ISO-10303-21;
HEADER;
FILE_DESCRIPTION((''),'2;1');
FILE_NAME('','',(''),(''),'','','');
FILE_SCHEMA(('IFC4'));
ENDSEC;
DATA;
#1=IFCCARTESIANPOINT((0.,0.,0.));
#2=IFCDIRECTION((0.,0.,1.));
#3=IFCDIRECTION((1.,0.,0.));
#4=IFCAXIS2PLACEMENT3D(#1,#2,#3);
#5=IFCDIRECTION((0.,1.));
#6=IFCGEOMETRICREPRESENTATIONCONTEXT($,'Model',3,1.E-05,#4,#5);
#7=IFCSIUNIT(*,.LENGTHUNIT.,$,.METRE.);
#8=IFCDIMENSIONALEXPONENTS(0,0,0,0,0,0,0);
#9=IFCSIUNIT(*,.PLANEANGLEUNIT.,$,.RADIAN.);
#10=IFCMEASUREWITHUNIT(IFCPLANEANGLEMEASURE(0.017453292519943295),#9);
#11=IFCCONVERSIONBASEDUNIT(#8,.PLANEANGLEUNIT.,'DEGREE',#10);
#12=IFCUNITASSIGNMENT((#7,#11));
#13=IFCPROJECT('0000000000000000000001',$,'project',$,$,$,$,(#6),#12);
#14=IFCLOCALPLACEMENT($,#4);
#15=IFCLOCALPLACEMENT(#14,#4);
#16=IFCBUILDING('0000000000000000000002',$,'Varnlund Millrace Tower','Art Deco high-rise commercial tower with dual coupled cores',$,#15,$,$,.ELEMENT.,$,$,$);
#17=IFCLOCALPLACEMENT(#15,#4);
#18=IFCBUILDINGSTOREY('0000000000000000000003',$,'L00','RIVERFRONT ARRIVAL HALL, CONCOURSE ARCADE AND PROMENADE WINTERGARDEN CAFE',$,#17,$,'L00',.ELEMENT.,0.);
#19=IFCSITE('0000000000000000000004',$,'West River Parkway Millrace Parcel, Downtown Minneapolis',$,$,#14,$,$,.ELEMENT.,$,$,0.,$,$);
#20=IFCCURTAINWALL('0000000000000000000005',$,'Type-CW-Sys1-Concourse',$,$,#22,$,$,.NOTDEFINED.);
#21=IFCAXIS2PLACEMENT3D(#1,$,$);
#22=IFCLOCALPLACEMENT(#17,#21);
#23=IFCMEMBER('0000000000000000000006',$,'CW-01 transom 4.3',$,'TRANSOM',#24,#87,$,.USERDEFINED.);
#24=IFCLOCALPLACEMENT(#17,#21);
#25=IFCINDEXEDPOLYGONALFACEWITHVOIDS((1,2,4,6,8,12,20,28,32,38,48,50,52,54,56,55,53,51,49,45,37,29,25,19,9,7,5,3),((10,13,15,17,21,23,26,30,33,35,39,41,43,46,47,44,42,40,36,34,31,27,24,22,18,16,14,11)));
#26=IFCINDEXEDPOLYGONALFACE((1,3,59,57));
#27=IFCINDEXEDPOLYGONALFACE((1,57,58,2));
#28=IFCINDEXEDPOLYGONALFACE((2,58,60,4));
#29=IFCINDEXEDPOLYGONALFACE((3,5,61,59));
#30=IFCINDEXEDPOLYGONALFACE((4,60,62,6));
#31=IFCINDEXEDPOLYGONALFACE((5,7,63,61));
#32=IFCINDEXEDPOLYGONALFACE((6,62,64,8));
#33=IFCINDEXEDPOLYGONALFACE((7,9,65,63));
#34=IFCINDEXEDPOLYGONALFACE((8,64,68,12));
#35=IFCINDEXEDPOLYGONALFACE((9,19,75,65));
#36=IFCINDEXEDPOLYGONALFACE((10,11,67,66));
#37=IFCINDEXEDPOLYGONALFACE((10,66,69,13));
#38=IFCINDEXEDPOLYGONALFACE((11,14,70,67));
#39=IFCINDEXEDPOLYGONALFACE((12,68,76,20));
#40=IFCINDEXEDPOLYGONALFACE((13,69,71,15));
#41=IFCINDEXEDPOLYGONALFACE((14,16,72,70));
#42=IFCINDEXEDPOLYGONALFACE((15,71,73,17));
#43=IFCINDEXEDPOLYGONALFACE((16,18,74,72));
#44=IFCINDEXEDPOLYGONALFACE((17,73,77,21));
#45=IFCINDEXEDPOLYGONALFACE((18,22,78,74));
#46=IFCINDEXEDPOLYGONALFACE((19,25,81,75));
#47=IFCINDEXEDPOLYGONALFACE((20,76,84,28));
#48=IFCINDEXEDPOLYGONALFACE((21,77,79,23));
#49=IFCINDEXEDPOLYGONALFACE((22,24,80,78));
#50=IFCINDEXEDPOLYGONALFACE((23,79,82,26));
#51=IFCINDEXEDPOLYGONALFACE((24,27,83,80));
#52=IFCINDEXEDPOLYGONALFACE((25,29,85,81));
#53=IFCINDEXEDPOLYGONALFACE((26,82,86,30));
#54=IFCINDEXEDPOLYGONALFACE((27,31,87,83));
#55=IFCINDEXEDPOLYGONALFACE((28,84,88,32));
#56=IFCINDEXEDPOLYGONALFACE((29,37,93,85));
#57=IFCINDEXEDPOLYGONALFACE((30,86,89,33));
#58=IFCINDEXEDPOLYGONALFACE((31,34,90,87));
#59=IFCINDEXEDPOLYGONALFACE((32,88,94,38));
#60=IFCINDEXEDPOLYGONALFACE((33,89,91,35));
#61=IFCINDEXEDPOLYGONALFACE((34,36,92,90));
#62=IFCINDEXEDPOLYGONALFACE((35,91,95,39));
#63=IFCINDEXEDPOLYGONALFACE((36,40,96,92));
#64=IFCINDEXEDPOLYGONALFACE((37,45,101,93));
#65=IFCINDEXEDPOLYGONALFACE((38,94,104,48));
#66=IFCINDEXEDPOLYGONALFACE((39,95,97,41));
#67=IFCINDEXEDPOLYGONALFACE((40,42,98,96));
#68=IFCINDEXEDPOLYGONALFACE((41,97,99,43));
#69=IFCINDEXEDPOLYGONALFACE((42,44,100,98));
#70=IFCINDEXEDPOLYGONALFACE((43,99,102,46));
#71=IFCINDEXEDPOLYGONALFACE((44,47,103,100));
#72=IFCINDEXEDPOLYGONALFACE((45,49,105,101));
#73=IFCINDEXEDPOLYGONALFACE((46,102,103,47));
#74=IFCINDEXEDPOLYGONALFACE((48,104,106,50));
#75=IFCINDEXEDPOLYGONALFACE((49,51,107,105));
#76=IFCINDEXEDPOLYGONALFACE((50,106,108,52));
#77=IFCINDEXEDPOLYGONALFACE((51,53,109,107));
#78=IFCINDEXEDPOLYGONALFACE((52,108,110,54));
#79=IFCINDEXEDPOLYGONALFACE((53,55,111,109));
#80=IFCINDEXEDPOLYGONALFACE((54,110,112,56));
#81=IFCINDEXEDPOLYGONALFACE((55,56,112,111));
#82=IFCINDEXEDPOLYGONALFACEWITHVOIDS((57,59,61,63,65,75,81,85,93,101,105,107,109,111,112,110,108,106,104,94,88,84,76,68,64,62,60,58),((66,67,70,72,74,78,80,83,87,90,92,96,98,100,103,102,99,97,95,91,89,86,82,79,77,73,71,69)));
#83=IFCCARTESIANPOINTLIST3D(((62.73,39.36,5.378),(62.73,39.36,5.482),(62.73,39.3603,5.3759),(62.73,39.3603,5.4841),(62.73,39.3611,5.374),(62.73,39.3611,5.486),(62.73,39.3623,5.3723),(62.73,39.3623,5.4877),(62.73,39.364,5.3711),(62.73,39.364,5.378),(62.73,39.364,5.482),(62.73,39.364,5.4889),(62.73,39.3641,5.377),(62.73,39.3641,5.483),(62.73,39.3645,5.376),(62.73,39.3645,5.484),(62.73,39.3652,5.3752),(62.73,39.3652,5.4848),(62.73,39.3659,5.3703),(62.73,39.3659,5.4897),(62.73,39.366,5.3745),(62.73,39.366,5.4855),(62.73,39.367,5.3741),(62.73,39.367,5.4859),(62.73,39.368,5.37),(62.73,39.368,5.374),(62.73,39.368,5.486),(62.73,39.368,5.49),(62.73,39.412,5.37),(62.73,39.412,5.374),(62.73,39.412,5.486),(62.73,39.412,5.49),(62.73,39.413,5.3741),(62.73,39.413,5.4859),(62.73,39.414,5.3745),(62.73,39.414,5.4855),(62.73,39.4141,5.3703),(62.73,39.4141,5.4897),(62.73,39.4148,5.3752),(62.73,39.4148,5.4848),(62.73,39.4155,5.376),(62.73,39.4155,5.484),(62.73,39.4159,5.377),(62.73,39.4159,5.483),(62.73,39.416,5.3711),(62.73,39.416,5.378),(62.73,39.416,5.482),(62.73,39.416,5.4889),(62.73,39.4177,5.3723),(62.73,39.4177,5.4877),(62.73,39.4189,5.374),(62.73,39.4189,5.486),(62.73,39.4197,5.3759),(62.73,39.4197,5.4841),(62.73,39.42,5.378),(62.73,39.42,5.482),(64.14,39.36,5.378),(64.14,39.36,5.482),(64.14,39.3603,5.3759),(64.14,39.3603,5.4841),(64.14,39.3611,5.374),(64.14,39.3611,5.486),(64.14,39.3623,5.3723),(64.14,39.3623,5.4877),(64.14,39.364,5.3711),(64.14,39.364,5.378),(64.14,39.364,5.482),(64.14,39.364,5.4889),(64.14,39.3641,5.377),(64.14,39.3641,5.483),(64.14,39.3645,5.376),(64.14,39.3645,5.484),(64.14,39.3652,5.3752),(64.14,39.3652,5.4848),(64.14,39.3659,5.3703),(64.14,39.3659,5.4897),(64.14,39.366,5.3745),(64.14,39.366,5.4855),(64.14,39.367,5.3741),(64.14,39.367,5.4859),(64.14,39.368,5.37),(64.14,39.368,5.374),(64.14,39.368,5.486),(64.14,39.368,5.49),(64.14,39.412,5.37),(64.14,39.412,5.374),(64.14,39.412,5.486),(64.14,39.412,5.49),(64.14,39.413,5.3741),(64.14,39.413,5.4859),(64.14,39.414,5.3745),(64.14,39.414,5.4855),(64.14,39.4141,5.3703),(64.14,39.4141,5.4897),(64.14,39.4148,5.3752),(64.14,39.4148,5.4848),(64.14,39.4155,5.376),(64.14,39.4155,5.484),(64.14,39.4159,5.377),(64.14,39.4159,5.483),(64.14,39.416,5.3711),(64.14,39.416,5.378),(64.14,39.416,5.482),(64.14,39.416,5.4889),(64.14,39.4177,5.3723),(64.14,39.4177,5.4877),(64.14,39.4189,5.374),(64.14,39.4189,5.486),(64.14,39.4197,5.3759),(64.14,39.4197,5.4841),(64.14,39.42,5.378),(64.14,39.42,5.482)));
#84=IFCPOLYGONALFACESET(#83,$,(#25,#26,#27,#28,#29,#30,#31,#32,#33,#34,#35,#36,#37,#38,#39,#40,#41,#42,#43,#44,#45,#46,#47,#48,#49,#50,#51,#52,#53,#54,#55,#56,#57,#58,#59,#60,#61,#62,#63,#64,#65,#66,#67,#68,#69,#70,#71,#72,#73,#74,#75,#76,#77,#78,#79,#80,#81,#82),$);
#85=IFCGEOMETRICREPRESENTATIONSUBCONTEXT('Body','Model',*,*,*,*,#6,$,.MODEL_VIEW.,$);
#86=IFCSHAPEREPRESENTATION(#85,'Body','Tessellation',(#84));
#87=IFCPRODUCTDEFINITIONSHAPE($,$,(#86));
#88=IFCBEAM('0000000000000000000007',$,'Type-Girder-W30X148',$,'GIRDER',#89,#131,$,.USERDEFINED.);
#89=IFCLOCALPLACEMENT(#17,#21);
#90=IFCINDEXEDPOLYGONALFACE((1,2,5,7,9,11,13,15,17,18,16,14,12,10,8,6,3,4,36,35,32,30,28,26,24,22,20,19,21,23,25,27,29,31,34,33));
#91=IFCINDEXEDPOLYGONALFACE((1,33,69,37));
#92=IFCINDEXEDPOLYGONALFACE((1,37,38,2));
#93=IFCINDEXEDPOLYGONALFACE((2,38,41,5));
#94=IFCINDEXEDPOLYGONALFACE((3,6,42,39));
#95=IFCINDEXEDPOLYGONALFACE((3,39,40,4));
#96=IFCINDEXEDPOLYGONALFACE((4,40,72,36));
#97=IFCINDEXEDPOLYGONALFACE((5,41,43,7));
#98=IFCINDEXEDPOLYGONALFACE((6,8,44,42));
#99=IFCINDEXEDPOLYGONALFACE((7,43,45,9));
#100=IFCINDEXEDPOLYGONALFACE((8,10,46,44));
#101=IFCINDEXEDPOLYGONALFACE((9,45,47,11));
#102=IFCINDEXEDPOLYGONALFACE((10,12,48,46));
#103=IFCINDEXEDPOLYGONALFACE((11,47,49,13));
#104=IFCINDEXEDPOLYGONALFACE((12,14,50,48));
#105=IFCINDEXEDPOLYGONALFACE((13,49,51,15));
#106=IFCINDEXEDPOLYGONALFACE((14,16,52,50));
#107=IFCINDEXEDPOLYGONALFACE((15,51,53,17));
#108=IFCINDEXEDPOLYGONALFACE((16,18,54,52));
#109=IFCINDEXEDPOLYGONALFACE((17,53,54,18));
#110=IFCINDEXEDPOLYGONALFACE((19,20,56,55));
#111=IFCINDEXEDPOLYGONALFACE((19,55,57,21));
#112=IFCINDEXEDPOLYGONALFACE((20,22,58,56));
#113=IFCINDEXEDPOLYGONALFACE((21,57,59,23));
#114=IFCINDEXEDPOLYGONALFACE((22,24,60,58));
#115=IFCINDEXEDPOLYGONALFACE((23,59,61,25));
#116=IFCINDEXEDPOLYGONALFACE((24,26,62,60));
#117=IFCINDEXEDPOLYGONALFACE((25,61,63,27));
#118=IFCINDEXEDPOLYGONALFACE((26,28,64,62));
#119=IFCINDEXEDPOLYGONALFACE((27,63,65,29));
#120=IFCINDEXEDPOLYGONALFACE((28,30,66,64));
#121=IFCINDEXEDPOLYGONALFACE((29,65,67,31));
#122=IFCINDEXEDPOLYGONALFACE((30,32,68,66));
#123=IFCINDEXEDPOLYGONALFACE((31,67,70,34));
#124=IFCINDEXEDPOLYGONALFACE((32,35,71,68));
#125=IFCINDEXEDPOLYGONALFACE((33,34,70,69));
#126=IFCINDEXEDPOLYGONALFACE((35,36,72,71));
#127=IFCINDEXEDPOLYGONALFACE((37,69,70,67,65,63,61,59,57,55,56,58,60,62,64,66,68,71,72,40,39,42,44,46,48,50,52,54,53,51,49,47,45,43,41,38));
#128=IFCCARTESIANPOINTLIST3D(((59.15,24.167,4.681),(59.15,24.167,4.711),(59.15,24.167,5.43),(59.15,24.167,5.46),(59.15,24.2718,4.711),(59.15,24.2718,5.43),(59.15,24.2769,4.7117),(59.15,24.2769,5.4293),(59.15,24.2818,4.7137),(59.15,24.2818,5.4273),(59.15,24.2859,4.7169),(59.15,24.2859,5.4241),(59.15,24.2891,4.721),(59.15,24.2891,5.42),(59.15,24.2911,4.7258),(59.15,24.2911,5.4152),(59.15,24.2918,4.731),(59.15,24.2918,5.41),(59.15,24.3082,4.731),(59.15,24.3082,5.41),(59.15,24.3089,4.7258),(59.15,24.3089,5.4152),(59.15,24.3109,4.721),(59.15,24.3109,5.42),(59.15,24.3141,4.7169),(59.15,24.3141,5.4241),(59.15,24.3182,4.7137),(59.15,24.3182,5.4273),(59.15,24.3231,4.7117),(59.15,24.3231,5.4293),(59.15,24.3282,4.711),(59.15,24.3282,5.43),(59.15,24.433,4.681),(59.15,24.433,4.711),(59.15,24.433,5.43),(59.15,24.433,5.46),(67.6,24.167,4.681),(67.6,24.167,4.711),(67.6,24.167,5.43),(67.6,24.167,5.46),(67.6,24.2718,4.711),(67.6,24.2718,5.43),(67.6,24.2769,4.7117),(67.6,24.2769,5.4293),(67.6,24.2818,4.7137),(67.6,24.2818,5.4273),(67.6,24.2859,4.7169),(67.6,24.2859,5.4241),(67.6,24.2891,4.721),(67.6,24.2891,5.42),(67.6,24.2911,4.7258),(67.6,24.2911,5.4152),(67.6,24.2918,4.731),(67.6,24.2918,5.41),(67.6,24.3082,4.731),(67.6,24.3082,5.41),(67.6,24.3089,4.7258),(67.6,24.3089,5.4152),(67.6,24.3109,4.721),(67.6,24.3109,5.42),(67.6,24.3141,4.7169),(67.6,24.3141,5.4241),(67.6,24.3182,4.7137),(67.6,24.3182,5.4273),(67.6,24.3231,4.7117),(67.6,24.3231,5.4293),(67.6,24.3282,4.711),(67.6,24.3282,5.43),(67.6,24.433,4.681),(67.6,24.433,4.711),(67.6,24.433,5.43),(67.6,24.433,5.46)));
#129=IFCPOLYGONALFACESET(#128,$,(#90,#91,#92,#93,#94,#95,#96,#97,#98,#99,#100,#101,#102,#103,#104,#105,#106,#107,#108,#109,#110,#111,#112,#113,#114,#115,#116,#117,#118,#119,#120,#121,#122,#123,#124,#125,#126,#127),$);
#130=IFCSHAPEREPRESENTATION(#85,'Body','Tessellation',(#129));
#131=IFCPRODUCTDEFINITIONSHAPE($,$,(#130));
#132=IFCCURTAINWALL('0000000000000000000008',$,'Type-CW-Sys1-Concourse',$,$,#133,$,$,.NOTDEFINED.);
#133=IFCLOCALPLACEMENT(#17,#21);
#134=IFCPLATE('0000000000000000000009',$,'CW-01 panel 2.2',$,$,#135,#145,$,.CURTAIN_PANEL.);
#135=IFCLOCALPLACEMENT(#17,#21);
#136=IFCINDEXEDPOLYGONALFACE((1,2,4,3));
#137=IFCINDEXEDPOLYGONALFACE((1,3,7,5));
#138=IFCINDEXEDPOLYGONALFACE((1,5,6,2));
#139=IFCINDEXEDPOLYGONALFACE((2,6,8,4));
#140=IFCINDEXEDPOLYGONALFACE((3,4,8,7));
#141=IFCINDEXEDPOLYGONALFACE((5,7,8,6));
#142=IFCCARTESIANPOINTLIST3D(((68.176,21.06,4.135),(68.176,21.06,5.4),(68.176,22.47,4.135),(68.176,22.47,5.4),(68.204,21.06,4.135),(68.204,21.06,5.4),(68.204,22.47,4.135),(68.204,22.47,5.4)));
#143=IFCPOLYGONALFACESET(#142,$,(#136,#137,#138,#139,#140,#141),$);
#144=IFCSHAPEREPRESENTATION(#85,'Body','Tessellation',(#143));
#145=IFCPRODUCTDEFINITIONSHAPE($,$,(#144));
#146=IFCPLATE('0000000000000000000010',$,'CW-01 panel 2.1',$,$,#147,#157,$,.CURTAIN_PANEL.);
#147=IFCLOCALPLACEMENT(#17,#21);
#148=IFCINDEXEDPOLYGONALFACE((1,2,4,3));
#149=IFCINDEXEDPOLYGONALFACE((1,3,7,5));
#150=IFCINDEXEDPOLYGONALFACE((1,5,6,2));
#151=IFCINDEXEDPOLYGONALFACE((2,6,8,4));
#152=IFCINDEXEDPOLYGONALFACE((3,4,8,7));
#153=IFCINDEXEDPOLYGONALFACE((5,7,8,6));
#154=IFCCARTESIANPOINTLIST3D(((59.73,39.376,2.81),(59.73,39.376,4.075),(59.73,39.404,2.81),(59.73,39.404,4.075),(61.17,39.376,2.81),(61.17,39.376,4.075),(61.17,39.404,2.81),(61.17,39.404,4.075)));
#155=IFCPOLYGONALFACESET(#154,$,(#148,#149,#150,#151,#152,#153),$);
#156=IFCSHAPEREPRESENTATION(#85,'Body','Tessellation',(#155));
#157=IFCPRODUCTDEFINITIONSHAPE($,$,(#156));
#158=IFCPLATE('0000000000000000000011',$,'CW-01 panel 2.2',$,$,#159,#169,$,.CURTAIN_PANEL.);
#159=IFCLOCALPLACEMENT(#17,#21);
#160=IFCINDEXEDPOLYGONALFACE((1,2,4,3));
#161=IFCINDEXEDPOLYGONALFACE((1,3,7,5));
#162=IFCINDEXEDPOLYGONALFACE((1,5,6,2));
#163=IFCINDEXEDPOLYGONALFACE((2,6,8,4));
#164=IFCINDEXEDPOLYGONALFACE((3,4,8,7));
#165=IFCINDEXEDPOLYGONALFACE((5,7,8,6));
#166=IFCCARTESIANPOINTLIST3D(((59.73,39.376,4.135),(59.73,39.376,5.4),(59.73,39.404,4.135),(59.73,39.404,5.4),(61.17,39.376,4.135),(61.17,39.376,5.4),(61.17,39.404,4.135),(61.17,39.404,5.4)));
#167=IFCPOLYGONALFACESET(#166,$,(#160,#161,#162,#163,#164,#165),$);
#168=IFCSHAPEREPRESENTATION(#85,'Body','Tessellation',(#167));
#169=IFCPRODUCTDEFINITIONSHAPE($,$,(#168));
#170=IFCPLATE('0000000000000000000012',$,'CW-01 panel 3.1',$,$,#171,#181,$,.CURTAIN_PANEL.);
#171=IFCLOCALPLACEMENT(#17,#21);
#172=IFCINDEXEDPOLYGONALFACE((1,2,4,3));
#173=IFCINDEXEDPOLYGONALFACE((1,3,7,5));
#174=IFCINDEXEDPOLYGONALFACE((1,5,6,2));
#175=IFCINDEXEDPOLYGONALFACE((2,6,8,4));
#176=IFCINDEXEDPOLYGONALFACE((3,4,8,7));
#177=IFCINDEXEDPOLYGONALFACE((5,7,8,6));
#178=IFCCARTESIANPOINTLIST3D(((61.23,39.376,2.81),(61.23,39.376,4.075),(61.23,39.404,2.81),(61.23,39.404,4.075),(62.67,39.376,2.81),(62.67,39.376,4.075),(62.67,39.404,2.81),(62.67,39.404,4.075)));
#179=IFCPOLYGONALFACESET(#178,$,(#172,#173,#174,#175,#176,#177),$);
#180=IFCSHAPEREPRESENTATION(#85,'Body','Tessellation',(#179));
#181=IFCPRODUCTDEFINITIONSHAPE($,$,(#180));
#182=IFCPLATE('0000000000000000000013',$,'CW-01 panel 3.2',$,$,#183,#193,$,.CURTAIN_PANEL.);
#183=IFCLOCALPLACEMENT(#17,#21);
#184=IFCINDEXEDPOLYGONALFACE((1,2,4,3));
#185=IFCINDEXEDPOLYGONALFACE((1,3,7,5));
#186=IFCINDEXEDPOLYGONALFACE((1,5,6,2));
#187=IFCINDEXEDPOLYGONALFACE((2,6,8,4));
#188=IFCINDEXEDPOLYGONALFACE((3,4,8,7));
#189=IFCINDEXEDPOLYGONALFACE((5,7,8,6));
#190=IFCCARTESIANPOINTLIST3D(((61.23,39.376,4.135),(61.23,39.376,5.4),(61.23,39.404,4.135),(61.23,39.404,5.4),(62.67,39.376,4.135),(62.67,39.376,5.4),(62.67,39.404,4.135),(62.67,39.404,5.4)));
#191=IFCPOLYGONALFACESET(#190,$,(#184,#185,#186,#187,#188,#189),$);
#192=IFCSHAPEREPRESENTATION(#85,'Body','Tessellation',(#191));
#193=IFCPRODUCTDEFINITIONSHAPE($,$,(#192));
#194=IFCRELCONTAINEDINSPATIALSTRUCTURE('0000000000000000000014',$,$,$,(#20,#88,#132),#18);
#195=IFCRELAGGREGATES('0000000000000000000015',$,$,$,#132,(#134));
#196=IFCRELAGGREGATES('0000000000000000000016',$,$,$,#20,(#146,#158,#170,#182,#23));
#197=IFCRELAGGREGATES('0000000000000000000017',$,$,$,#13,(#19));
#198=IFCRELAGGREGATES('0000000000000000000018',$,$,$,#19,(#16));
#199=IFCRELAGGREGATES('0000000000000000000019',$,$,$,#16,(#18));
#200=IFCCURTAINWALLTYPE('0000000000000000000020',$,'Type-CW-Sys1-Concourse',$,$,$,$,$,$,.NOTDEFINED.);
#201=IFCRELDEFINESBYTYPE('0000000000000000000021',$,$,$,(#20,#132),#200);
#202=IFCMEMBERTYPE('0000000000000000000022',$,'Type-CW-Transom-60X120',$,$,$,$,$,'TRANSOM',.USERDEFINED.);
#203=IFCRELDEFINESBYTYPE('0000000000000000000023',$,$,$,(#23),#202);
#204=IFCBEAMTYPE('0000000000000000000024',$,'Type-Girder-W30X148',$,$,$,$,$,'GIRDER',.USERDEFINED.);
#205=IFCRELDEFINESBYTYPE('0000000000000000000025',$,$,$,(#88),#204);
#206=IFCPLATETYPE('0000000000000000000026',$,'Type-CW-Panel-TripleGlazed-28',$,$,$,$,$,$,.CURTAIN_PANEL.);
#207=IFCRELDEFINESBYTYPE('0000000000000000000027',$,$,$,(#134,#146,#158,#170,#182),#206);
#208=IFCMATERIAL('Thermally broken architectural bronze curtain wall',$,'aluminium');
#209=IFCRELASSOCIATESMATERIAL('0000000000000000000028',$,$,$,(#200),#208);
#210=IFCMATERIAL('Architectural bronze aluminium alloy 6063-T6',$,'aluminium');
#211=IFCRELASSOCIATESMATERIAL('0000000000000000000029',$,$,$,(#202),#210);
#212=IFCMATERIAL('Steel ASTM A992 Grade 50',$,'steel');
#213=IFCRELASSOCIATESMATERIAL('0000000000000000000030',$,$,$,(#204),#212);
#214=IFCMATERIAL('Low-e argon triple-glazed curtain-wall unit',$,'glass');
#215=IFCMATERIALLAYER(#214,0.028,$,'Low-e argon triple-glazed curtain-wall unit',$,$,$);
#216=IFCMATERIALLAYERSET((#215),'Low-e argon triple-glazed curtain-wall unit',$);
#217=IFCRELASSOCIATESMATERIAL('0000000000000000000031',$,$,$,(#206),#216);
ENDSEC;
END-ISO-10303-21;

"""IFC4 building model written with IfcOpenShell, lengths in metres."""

from ifc_helpers import new_model, entity, si_unit, converted_unit, direction, frame, origin_with_axes, origin_2d_with_axis, place, context, subcontext, project, spatial, rectangle, hollow_rectangle, i_section, extrude, material, layer, layer_set, material_profile, profile_set, type_object, element, aggregate, save


model = new_model("IFC4")

# Units and contexts
model_context = context("Model", 3, precision=1e-05, world=origin_with_axes(), true_north=direction((0.0, 1.0)))
body_context = subcontext(model_context, "Body", "Model", "MODEL_VIEW")
ifc_project = project(units=[si_unit("LENGTHUNIT", "METRE"), converted_unit("PLANEANGLEUNIT", "DEGREE", entity("IfcPlaneAngleMeasure", 0.017453292519943295), si_unit("PLANEANGLEUNIT", "RADIAN"), dimensions=[0, 0, 0, 0, 0, 0, 0])], contexts=[model_context])

# Site, building, storey
site_placement = place(None, origin_with_axes())
site = spatial("IfcSite", under=ifc_project, at=site_placement, Name="West River Parkway Millrace Parcel, Downtown Minneapolis", CompositionType="ELEMENT", RefElevation=0.0)
building_placement = place(site_placement, origin_with_axes())
building = spatial("IfcBuilding", under=site, at=building_placement, Name="Varnlund Millrace Tower", Description="Art Deco high-rise commercial tower with dual coupled cores", CompositionType="ELEMENT")
storey_placement = place(building_placement, origin_with_axes())
storey = spatial("IfcBuildingStorey", under=building, at=storey_placement, Name="L00", Description="RIVERFRONT ARRIVAL HALL, CONCOURSE ARCADE AND PROMENADE WINTERGARDEN CAFE", LongName="L00", CompositionType="ELEMENT", Elevation=0.0)

# Shared definitions
ifc_material_1 = material(Name="Steel ASTM A992 Grade 50", Category="steel")

# Curtain wall, member
ifc_material_2 = material(Name="Thermally broken architectural bronze curtain wall", Category="aluminium")
curtain_wall_type = type_object("IfcCurtainWallType", Name="Type-CW-Sys1-Concourse", PredefinedType="NOTDEFINED", material=ifc_material_2)
curtain_wall_1_placement = place(storey_placement, frame((58.2, 39.39, 2.75), z_axis=(0.0, 0.0, 1.0), x_axis=(1.0, 0.0, 0.0)))
curtain_wall_1 = element("IfcCurtainWall", 1, at=curtain_wall_1_placement, inside=storey, type_object=curtain_wall_type, Name="Type-CW-Sys1-Concourse", PredefinedType="NOTDEFINED")
ifc_material_3 = material(Name="Architectural bronze aluminium alloy 6063-T6", Category="aluminium")
ifc_material_profile_1 = material_profile(ifc_material_3, hollow_rectangle(XDim=0.06, YDim=0.12, WallThickness=0.004, InnerFilletRadius=0.004, OuterFilletRadius=0.008, at=origin_2d_with_axis()), Name="Architectural bronze aluminium alloy 6063-T6")
ifc_profile_set_1 = profile_set([ifc_material_profile_1], Name="Architectural bronze aluminium alloy 6063-T6")
member_type_1 = type_object("IfcMemberType", Name="Type-CW-Transom-60X120", ElementType="TRANSOM", PredefinedType="USERDEFINED", material=ifc_profile_set_1)
member_1_placement = place(storey_placement, frame((62.73, 39.39, 5.43), z_axis=(1.0, 0.0, 0.0), x_axis=(0.0, 1.0, 0.0)))
member_1 = element("IfcMember", 2, at=member_1_placement, type_object=member_type_1, Name="CW-01 transom 4.3", ObjectType="TRANSOM", PredefinedType="USERDEFINED", context=body_context, shape_type="SweptSolid", body=[
    extrude(hollow_rectangle(XDim=0.06, YDim=0.12, WallThickness=0.004, InnerFilletRadius=0.004, OuterFilletRadius=0.008, at=origin_2d_with_axis()), origin_with_axes(), (0.0, 0.0, 1.0), 1.41),
])

# Beam
ifc_material_profile_2 = material_profile(ifc_material_1, i_section(OverallWidth=0.266, OverallDepth=0.779, WebThickness=0.0165, FlangeThickness=0.03, FilletRadius=0.02, at=origin_2d_with_axis()), Name="Steel ASTM A992 Grade 50")
ifc_profile_set_2 = profile_set([ifc_material_profile_2], Name="Steel ASTM A992 Grade 50")
beam_type_1 = type_object("IfcBeamType", Name="Type-Girder-W30X148", ElementType="GIRDER", PredefinedType="USERDEFINED", material=ifc_profile_set_2)
beam_1_placement = place(storey_placement, frame((59.15, 24.3, 5.0705), z_axis=(1.0, 0.0, 0.0), x_axis=(0.0, 1.0, 0.0)))
element("IfcBeam", 3, at=beam_1_placement, inside=storey, type_object=beam_type_1, Name="Type-Girder-W30X148", ObjectType="GIRDER", PredefinedType="USERDEFINED", context=body_context, shape_type="SweptSolid", body=[
    extrude(i_section(OverallWidth=0.266, OverallDepth=0.779, WebThickness=0.0165, FlangeThickness=0.03, FilletRadius=0.02, at=origin_2d_with_axis()), origin_with_axes(), (0.0, 0.0, 1.0), 8.45),
])

# Curtain wall, plate
curtain_wall_2_placement = place(storey_placement, frame((68.19, 24.0, 2.75), z_axis=(0.0, 0.0, 1.0), x_axis=(1.0, 0.0, 0.0)))
curtain_wall_2 = element("IfcCurtainWall", 4, at=curtain_wall_2_placement, inside=storey, type_object=curtain_wall_type, Name="Type-CW-Sys1-Concourse", PredefinedType="NOTDEFINED")
ifc_material_4 = material(Name="Low-e argon triple-glazed curtain-wall unit", Category="glass")
ifc_layer = layer(ifc_material_4, 0.028, Name="Low-e argon triple-glazed curtain-wall unit")
ifc_layer_set = layer_set([ifc_layer], Name="Low-e argon triple-glazed curtain-wall unit")
plate_type = type_object("IfcPlateType", Name="Type-CW-Panel-TripleGlazed-28", PredefinedType="CURTAIN_PANEL", material=ifc_layer_set)
plate_1_placement = place(storey_placement, frame((68.19, 21.765, 4.135), z_axis=(0.0, 0.0, 1.0), x_axis=(0.0, -1.0, 0.0)))
plate_1 = element("IfcPlate", 5, at=plate_1_placement, type_object=plate_type, Name="CW-01 panel 2.2", PredefinedType="CURTAIN_PANEL", context=body_context, shape_type="SweptSolid", body=[
    extrude(rectangle(XDim=1.41, YDim=0.028, at=origin_2d_with_axis()), origin_with_axes(), (0.0, 0.0, 1.0), 1.265),
])
aggregate(curtain_wall_2, [plate_1])

# Plates
plate_2_placement = place(storey_placement, frame((60.45, 39.39, 2.81), z_axis=(0.0, 0.0, 1.0), x_axis=(1.0, 0.0, 0.0)))
plate_2 = element("IfcPlate", 6, at=plate_2_placement, type_object=plate_type, Name="CW-01 panel 2.1", PredefinedType="CURTAIN_PANEL", context=body_context, shape_type="SweptSolid", body=[
    extrude(rectangle(XDim=1.44, YDim=0.028, at=origin_2d_with_axis()), origin_with_axes(), (0.0, 0.0, 1.0), 1.265),
])
plate_3_placement = place(storey_placement, frame((60.45, 39.39, 4.135), z_axis=(0.0, 0.0, 1.0), x_axis=(1.0, 0.0, 0.0)))
plate_3 = element("IfcPlate", 7, at=plate_3_placement, type_object=plate_type, Name="CW-01 panel 2.2", PredefinedType="CURTAIN_PANEL", context=body_context, shape_type="SweptSolid", body=[
    extrude(rectangle(XDim=1.44, YDim=0.028, at=origin_2d_with_axis()), origin_with_axes(), (0.0, 0.0, 1.0), 1.265),
])
plate_4_placement = place(storey_placement, frame((61.95, 39.39, 2.81), z_axis=(0.0, 0.0, 1.0), x_axis=(1.0, 0.0, 0.0)))
plate_4 = element("IfcPlate", 8, at=plate_4_placement, type_object=plate_type, Name="CW-01 panel 3.1", PredefinedType="CURTAIN_PANEL", context=body_context, shape_type="SweptSolid", body=[
    extrude(rectangle(XDim=1.44, YDim=0.028, at=origin_2d_with_axis()), origin_with_axes(), (0.0, 0.0, 1.0), 1.265),
])
plate_5_placement = place(storey_placement, frame((61.95, 39.39, 4.135), z_axis=(0.0, 0.0, 1.0), x_axis=(1.0, 0.0, 0.0)))
plate_5 = element("IfcPlate", 9, at=plate_5_placement, type_object=plate_type, Name="CW-01 panel 3.2", PredefinedType="CURTAIN_PANEL", context=body_context, shape_type="SweptSolid", body=[
    extrude(rectangle(XDim=1.44, YDim=0.028, at=origin_2d_with_axis()), origin_with_axes(), (0.0, 0.0, 1.0), 1.265),
])
aggregate(curtain_wall_1, [plate_2, plate_3, plate_4, plate_5, member_1])

save(model, "model.ifc")
